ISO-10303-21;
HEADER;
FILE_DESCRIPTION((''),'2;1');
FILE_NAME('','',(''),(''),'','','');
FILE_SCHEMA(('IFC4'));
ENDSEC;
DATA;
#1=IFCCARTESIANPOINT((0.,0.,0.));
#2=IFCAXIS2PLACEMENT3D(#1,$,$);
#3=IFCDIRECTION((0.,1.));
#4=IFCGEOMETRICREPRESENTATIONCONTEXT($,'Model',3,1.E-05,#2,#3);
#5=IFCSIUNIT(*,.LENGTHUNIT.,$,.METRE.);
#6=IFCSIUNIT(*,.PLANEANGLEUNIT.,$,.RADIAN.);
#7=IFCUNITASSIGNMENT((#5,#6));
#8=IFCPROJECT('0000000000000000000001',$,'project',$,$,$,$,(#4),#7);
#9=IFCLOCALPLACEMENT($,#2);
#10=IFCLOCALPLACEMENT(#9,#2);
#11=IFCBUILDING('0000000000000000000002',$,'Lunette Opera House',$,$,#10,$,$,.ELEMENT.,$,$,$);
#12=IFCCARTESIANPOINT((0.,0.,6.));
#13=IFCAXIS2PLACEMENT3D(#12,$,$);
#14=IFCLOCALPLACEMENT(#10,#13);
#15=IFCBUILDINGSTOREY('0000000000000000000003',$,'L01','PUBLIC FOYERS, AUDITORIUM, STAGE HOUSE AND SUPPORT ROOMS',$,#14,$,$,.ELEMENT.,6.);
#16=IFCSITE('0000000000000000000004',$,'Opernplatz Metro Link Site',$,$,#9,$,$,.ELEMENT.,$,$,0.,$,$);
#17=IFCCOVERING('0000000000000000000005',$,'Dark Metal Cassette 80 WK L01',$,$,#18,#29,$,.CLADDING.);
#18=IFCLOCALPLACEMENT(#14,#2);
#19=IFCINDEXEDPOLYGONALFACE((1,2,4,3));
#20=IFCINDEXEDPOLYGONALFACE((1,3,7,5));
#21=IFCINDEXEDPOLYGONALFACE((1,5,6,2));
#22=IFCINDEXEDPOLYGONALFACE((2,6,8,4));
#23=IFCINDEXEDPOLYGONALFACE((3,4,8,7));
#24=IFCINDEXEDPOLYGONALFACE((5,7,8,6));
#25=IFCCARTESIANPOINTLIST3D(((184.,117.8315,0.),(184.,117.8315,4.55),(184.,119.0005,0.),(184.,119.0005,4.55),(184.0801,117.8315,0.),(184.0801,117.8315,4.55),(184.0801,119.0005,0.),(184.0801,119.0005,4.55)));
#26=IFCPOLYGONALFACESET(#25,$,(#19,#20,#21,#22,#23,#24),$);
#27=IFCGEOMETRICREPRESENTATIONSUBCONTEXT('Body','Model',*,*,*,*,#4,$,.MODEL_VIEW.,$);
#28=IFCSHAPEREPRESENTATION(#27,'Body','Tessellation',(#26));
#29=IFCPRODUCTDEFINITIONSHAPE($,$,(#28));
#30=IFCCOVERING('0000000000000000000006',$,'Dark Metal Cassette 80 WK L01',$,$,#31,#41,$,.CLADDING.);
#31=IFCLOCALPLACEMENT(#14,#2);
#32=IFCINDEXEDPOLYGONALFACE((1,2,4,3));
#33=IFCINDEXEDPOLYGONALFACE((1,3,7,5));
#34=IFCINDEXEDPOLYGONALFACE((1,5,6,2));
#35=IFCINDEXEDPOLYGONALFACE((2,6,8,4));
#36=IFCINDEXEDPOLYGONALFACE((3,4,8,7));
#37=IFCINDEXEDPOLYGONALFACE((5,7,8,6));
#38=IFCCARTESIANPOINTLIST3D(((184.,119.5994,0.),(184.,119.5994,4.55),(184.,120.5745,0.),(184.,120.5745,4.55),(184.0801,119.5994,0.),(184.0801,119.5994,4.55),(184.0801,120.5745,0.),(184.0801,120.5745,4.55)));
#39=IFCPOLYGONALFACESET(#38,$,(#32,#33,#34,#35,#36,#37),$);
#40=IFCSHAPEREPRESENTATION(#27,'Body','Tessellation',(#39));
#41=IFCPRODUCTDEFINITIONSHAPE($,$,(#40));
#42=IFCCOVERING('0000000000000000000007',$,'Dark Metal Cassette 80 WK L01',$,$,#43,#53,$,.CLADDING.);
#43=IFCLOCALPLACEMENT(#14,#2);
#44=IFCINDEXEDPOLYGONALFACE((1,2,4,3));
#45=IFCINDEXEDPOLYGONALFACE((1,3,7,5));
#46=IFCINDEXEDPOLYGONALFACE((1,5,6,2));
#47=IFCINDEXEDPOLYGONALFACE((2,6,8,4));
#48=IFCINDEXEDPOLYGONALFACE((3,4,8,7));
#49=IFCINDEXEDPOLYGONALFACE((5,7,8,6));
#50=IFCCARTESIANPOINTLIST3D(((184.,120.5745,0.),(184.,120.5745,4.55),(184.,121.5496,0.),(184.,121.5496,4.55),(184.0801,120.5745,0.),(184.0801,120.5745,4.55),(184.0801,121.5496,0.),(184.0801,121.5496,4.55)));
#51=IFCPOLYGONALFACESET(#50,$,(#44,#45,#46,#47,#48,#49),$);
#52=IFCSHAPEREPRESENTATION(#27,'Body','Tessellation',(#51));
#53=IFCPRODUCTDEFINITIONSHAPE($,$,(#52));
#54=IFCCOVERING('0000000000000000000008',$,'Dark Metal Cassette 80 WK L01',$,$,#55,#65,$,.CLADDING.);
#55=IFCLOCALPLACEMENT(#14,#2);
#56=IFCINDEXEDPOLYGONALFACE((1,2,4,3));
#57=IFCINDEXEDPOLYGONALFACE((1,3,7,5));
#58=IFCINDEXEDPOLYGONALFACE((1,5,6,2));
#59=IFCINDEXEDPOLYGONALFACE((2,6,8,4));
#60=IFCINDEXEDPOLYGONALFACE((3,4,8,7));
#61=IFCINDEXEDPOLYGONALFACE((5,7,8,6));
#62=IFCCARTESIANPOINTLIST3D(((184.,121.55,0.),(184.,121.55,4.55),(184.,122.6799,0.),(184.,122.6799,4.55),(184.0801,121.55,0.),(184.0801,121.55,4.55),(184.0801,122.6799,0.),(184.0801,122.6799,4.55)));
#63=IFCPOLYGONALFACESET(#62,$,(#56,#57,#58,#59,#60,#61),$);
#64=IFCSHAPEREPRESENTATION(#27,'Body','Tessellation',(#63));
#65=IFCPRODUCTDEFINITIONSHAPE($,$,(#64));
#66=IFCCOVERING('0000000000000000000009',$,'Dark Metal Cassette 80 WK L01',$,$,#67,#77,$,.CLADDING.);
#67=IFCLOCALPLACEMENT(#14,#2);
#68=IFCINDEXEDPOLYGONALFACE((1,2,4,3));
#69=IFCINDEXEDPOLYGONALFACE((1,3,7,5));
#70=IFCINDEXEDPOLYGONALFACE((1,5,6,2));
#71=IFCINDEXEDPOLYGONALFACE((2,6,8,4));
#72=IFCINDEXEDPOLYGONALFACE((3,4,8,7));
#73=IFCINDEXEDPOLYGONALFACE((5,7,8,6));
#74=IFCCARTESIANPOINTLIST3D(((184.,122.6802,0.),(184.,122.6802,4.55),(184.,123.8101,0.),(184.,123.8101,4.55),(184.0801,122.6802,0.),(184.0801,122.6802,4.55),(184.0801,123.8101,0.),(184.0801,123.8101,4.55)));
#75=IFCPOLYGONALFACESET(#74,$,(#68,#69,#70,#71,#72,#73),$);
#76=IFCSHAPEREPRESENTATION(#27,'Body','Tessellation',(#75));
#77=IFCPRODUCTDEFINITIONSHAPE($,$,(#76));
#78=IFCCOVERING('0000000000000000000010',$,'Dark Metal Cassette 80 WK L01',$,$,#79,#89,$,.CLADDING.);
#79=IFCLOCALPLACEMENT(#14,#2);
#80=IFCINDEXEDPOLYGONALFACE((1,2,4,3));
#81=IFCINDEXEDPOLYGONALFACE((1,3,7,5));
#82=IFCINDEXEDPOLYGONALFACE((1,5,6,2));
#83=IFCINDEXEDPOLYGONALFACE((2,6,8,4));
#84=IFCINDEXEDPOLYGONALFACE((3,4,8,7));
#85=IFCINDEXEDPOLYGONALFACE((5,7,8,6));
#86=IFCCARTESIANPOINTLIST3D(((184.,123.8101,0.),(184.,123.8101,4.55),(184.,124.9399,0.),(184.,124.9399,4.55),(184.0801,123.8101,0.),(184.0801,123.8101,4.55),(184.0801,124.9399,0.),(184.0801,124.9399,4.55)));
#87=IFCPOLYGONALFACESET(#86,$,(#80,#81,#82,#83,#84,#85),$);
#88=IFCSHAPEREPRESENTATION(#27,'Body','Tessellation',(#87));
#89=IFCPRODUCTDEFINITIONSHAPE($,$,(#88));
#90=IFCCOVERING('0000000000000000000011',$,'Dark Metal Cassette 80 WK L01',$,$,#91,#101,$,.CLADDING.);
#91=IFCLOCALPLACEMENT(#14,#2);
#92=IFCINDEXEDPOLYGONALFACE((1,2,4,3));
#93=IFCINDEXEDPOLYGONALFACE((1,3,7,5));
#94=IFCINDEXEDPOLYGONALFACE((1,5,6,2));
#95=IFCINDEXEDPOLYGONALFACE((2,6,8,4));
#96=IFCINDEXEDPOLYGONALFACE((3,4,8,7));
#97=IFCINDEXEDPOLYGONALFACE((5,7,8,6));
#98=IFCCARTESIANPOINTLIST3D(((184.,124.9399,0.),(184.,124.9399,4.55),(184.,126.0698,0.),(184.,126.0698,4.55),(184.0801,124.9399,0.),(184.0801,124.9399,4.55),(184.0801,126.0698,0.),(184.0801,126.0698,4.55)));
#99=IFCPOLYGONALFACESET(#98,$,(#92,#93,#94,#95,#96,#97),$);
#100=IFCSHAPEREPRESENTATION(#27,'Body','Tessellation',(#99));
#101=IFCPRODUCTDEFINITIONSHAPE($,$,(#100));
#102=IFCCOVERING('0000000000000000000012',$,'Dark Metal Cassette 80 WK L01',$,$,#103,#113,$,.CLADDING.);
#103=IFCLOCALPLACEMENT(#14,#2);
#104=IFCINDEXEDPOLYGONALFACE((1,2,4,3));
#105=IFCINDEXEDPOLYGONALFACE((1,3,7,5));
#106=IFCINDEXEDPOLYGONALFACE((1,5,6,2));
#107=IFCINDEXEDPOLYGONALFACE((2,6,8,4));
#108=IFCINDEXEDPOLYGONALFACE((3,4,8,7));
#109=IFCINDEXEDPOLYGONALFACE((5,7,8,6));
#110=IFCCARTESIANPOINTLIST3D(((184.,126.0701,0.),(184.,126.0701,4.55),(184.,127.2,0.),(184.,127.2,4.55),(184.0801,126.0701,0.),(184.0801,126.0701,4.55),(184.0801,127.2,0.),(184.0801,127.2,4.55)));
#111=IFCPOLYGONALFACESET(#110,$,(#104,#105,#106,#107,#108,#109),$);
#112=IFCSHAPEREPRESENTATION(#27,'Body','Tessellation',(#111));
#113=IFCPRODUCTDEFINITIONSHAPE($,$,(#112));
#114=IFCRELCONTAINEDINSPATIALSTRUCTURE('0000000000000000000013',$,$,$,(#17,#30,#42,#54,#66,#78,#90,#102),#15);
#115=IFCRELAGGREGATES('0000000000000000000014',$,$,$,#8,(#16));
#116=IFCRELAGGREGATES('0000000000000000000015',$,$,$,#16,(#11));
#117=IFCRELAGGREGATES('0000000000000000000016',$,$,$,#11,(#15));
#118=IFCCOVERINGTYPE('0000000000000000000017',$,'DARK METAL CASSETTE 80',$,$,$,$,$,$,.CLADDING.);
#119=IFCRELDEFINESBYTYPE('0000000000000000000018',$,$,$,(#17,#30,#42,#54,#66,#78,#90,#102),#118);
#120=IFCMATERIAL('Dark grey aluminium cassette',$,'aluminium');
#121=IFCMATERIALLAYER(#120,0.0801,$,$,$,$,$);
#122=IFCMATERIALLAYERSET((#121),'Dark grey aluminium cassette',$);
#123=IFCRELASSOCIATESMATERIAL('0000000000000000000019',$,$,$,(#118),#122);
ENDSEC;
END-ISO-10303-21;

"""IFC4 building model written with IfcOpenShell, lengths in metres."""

from ifc_helpers import new_model, si_unit, direction, frame, origin, origin_2d, place, context, subcontext, project, spatial, rectangle, extrude, material, layer, layer_set, type_object, element, save


model = new_model("IFC4")

# Units and contexts
model_context = context("Model", 3, precision=1e-05, world=origin(), true_north=direction((0.0, 1.0)))
body_context = subcontext(model_context, "Body", "Model", "MODEL_VIEW")
ifc_project = project(units=[si_unit("LENGTHUNIT", "METRE"), si_unit("PLANEANGLEUNIT", "RADIAN")], contexts=[model_context])

# Site, building, storey
site_placement = place(None, origin())
site = spatial("IfcSite", under=ifc_project, at=site_placement, Name="Opernplatz Metro Link Site", CompositionType="ELEMENT", RefElevation=0.0)
building_placement = place(site_placement, origin())
building = spatial("IfcBuilding", under=site, at=building_placement, Name="Lunette Opera House", CompositionType="ELEMENT")
storey_placement = place(building_placement, frame((0.0, 0.0, 6.0)))
storey = spatial("IfcBuildingStorey", under=building, at=storey_placement, Name="L01", Description="PUBLIC FOYERS, AUDITORIUM, STAGE HOUSE AND SUPPORT ROOMS", CompositionType="ELEMENT", Elevation=6.0)

# Coverings
ifc_material_1 = material(Name="Dark grey aluminium cassette", Category="aluminium")
ifc_layer_1 = layer(ifc_material_1, 0.0801)
ifc_layer_set_1 = layer_set([ifc_layer_1], Name="Dark grey aluminium cassette")
covering_type = type_object("IfcCoveringType", Name="DARK METAL CASSETTE 80", PredefinedType="CLADDING", material=ifc_layer_set_1)
for number, where, z_axis, x_axis, name in (
    (1, (184.04, 118.416, 0.0), (0.0, 0.0, 1.0), (0.0, 1.0, 0.0), "Dark Metal Cassette 80 WK L01"),
):
    element("IfcCovering", number, at=place(storey_placement, frame(where, z_axis=z_axis, x_axis=x_axis)), inside=storey, type_object=covering_type, Name=name, PredefinedType="CLADDING", context=body_context, shape_type="SweptSolid", body=[
        extrude(rectangle(XDim=1.1689, YDim=0.0801, at=origin_2d()), origin(), (0.0, 0.0, 1.0), 4.55),
    ])
for number, where, z_axis, x_axis, name in (
    (2, (184.04, 120.0869, 0.0), (0.0, 0.0, 1.0), (0.0, 1.0, 0.0), "Dark Metal Cassette 80 WK L01"),
    (3, (184.04, 121.062, 0.0), (0.0, 0.0, 1.0), (0.0, 1.0, 0.0), "Dark Metal Cassette 80 WK L01"),
):
    element("IfcCovering", number, at=place(storey_placement, frame(where, z_axis=z_axis, x_axis=x_axis)), inside=storey, type_object=covering_type, Name=name, PredefinedType="CLADDING", context=body_context, shape_type="SweptSolid", body=[
        extrude(rectangle(XDim=0.9751, YDim=0.0801, at=origin_2d()), origin(), (0.0, 0.0, 1.0), 4.55),
    ])
for number, where, z_axis, x_axis, name in (
    (4, (184.04, 122.115, 0.0), (0.0, 0.0, 1.0), (0.0, 1.0, 0.0), "Dark Metal Cassette 80 WK L01"),
    (5, (184.04, 123.2451, 0.0), (0.0, 0.0, 1.0), (0.0, 1.0, 0.0), "Dark Metal Cassette 80 WK L01"),
    (6, (184.04, 124.375, 0.0), (0.0, 0.0, 1.0), (0.0, 1.0, 0.0), "Dark Metal Cassette 80 WK L01"),
    (7, (184.04, 125.5049, 0.0), (0.0, 0.0, 1.0), (0.0, 1.0, 0.0), "Dark Metal Cassette 80 WK L01"),
    (8, (184.04, 126.635, 0.0), (0.0, 0.0, 1.0), (0.0, 1.0, 0.0), "Dark Metal Cassette 80 WK L01"),
):
    element("IfcCovering", number, at=place(storey_placement, frame(where, z_axis=z_axis, x_axis=x_axis)), inside=storey, type_object=covering_type, Name=name, PredefinedType="CLADDING", context=body_context, shape_type="SweptSolid", body=[
        extrude(rectangle(XDim=1.1299, YDim=0.0801, at=origin_2d()), origin(), (0.0, 0.0, 1.0), 4.55),
    ])

save(model, "model.ifc")
